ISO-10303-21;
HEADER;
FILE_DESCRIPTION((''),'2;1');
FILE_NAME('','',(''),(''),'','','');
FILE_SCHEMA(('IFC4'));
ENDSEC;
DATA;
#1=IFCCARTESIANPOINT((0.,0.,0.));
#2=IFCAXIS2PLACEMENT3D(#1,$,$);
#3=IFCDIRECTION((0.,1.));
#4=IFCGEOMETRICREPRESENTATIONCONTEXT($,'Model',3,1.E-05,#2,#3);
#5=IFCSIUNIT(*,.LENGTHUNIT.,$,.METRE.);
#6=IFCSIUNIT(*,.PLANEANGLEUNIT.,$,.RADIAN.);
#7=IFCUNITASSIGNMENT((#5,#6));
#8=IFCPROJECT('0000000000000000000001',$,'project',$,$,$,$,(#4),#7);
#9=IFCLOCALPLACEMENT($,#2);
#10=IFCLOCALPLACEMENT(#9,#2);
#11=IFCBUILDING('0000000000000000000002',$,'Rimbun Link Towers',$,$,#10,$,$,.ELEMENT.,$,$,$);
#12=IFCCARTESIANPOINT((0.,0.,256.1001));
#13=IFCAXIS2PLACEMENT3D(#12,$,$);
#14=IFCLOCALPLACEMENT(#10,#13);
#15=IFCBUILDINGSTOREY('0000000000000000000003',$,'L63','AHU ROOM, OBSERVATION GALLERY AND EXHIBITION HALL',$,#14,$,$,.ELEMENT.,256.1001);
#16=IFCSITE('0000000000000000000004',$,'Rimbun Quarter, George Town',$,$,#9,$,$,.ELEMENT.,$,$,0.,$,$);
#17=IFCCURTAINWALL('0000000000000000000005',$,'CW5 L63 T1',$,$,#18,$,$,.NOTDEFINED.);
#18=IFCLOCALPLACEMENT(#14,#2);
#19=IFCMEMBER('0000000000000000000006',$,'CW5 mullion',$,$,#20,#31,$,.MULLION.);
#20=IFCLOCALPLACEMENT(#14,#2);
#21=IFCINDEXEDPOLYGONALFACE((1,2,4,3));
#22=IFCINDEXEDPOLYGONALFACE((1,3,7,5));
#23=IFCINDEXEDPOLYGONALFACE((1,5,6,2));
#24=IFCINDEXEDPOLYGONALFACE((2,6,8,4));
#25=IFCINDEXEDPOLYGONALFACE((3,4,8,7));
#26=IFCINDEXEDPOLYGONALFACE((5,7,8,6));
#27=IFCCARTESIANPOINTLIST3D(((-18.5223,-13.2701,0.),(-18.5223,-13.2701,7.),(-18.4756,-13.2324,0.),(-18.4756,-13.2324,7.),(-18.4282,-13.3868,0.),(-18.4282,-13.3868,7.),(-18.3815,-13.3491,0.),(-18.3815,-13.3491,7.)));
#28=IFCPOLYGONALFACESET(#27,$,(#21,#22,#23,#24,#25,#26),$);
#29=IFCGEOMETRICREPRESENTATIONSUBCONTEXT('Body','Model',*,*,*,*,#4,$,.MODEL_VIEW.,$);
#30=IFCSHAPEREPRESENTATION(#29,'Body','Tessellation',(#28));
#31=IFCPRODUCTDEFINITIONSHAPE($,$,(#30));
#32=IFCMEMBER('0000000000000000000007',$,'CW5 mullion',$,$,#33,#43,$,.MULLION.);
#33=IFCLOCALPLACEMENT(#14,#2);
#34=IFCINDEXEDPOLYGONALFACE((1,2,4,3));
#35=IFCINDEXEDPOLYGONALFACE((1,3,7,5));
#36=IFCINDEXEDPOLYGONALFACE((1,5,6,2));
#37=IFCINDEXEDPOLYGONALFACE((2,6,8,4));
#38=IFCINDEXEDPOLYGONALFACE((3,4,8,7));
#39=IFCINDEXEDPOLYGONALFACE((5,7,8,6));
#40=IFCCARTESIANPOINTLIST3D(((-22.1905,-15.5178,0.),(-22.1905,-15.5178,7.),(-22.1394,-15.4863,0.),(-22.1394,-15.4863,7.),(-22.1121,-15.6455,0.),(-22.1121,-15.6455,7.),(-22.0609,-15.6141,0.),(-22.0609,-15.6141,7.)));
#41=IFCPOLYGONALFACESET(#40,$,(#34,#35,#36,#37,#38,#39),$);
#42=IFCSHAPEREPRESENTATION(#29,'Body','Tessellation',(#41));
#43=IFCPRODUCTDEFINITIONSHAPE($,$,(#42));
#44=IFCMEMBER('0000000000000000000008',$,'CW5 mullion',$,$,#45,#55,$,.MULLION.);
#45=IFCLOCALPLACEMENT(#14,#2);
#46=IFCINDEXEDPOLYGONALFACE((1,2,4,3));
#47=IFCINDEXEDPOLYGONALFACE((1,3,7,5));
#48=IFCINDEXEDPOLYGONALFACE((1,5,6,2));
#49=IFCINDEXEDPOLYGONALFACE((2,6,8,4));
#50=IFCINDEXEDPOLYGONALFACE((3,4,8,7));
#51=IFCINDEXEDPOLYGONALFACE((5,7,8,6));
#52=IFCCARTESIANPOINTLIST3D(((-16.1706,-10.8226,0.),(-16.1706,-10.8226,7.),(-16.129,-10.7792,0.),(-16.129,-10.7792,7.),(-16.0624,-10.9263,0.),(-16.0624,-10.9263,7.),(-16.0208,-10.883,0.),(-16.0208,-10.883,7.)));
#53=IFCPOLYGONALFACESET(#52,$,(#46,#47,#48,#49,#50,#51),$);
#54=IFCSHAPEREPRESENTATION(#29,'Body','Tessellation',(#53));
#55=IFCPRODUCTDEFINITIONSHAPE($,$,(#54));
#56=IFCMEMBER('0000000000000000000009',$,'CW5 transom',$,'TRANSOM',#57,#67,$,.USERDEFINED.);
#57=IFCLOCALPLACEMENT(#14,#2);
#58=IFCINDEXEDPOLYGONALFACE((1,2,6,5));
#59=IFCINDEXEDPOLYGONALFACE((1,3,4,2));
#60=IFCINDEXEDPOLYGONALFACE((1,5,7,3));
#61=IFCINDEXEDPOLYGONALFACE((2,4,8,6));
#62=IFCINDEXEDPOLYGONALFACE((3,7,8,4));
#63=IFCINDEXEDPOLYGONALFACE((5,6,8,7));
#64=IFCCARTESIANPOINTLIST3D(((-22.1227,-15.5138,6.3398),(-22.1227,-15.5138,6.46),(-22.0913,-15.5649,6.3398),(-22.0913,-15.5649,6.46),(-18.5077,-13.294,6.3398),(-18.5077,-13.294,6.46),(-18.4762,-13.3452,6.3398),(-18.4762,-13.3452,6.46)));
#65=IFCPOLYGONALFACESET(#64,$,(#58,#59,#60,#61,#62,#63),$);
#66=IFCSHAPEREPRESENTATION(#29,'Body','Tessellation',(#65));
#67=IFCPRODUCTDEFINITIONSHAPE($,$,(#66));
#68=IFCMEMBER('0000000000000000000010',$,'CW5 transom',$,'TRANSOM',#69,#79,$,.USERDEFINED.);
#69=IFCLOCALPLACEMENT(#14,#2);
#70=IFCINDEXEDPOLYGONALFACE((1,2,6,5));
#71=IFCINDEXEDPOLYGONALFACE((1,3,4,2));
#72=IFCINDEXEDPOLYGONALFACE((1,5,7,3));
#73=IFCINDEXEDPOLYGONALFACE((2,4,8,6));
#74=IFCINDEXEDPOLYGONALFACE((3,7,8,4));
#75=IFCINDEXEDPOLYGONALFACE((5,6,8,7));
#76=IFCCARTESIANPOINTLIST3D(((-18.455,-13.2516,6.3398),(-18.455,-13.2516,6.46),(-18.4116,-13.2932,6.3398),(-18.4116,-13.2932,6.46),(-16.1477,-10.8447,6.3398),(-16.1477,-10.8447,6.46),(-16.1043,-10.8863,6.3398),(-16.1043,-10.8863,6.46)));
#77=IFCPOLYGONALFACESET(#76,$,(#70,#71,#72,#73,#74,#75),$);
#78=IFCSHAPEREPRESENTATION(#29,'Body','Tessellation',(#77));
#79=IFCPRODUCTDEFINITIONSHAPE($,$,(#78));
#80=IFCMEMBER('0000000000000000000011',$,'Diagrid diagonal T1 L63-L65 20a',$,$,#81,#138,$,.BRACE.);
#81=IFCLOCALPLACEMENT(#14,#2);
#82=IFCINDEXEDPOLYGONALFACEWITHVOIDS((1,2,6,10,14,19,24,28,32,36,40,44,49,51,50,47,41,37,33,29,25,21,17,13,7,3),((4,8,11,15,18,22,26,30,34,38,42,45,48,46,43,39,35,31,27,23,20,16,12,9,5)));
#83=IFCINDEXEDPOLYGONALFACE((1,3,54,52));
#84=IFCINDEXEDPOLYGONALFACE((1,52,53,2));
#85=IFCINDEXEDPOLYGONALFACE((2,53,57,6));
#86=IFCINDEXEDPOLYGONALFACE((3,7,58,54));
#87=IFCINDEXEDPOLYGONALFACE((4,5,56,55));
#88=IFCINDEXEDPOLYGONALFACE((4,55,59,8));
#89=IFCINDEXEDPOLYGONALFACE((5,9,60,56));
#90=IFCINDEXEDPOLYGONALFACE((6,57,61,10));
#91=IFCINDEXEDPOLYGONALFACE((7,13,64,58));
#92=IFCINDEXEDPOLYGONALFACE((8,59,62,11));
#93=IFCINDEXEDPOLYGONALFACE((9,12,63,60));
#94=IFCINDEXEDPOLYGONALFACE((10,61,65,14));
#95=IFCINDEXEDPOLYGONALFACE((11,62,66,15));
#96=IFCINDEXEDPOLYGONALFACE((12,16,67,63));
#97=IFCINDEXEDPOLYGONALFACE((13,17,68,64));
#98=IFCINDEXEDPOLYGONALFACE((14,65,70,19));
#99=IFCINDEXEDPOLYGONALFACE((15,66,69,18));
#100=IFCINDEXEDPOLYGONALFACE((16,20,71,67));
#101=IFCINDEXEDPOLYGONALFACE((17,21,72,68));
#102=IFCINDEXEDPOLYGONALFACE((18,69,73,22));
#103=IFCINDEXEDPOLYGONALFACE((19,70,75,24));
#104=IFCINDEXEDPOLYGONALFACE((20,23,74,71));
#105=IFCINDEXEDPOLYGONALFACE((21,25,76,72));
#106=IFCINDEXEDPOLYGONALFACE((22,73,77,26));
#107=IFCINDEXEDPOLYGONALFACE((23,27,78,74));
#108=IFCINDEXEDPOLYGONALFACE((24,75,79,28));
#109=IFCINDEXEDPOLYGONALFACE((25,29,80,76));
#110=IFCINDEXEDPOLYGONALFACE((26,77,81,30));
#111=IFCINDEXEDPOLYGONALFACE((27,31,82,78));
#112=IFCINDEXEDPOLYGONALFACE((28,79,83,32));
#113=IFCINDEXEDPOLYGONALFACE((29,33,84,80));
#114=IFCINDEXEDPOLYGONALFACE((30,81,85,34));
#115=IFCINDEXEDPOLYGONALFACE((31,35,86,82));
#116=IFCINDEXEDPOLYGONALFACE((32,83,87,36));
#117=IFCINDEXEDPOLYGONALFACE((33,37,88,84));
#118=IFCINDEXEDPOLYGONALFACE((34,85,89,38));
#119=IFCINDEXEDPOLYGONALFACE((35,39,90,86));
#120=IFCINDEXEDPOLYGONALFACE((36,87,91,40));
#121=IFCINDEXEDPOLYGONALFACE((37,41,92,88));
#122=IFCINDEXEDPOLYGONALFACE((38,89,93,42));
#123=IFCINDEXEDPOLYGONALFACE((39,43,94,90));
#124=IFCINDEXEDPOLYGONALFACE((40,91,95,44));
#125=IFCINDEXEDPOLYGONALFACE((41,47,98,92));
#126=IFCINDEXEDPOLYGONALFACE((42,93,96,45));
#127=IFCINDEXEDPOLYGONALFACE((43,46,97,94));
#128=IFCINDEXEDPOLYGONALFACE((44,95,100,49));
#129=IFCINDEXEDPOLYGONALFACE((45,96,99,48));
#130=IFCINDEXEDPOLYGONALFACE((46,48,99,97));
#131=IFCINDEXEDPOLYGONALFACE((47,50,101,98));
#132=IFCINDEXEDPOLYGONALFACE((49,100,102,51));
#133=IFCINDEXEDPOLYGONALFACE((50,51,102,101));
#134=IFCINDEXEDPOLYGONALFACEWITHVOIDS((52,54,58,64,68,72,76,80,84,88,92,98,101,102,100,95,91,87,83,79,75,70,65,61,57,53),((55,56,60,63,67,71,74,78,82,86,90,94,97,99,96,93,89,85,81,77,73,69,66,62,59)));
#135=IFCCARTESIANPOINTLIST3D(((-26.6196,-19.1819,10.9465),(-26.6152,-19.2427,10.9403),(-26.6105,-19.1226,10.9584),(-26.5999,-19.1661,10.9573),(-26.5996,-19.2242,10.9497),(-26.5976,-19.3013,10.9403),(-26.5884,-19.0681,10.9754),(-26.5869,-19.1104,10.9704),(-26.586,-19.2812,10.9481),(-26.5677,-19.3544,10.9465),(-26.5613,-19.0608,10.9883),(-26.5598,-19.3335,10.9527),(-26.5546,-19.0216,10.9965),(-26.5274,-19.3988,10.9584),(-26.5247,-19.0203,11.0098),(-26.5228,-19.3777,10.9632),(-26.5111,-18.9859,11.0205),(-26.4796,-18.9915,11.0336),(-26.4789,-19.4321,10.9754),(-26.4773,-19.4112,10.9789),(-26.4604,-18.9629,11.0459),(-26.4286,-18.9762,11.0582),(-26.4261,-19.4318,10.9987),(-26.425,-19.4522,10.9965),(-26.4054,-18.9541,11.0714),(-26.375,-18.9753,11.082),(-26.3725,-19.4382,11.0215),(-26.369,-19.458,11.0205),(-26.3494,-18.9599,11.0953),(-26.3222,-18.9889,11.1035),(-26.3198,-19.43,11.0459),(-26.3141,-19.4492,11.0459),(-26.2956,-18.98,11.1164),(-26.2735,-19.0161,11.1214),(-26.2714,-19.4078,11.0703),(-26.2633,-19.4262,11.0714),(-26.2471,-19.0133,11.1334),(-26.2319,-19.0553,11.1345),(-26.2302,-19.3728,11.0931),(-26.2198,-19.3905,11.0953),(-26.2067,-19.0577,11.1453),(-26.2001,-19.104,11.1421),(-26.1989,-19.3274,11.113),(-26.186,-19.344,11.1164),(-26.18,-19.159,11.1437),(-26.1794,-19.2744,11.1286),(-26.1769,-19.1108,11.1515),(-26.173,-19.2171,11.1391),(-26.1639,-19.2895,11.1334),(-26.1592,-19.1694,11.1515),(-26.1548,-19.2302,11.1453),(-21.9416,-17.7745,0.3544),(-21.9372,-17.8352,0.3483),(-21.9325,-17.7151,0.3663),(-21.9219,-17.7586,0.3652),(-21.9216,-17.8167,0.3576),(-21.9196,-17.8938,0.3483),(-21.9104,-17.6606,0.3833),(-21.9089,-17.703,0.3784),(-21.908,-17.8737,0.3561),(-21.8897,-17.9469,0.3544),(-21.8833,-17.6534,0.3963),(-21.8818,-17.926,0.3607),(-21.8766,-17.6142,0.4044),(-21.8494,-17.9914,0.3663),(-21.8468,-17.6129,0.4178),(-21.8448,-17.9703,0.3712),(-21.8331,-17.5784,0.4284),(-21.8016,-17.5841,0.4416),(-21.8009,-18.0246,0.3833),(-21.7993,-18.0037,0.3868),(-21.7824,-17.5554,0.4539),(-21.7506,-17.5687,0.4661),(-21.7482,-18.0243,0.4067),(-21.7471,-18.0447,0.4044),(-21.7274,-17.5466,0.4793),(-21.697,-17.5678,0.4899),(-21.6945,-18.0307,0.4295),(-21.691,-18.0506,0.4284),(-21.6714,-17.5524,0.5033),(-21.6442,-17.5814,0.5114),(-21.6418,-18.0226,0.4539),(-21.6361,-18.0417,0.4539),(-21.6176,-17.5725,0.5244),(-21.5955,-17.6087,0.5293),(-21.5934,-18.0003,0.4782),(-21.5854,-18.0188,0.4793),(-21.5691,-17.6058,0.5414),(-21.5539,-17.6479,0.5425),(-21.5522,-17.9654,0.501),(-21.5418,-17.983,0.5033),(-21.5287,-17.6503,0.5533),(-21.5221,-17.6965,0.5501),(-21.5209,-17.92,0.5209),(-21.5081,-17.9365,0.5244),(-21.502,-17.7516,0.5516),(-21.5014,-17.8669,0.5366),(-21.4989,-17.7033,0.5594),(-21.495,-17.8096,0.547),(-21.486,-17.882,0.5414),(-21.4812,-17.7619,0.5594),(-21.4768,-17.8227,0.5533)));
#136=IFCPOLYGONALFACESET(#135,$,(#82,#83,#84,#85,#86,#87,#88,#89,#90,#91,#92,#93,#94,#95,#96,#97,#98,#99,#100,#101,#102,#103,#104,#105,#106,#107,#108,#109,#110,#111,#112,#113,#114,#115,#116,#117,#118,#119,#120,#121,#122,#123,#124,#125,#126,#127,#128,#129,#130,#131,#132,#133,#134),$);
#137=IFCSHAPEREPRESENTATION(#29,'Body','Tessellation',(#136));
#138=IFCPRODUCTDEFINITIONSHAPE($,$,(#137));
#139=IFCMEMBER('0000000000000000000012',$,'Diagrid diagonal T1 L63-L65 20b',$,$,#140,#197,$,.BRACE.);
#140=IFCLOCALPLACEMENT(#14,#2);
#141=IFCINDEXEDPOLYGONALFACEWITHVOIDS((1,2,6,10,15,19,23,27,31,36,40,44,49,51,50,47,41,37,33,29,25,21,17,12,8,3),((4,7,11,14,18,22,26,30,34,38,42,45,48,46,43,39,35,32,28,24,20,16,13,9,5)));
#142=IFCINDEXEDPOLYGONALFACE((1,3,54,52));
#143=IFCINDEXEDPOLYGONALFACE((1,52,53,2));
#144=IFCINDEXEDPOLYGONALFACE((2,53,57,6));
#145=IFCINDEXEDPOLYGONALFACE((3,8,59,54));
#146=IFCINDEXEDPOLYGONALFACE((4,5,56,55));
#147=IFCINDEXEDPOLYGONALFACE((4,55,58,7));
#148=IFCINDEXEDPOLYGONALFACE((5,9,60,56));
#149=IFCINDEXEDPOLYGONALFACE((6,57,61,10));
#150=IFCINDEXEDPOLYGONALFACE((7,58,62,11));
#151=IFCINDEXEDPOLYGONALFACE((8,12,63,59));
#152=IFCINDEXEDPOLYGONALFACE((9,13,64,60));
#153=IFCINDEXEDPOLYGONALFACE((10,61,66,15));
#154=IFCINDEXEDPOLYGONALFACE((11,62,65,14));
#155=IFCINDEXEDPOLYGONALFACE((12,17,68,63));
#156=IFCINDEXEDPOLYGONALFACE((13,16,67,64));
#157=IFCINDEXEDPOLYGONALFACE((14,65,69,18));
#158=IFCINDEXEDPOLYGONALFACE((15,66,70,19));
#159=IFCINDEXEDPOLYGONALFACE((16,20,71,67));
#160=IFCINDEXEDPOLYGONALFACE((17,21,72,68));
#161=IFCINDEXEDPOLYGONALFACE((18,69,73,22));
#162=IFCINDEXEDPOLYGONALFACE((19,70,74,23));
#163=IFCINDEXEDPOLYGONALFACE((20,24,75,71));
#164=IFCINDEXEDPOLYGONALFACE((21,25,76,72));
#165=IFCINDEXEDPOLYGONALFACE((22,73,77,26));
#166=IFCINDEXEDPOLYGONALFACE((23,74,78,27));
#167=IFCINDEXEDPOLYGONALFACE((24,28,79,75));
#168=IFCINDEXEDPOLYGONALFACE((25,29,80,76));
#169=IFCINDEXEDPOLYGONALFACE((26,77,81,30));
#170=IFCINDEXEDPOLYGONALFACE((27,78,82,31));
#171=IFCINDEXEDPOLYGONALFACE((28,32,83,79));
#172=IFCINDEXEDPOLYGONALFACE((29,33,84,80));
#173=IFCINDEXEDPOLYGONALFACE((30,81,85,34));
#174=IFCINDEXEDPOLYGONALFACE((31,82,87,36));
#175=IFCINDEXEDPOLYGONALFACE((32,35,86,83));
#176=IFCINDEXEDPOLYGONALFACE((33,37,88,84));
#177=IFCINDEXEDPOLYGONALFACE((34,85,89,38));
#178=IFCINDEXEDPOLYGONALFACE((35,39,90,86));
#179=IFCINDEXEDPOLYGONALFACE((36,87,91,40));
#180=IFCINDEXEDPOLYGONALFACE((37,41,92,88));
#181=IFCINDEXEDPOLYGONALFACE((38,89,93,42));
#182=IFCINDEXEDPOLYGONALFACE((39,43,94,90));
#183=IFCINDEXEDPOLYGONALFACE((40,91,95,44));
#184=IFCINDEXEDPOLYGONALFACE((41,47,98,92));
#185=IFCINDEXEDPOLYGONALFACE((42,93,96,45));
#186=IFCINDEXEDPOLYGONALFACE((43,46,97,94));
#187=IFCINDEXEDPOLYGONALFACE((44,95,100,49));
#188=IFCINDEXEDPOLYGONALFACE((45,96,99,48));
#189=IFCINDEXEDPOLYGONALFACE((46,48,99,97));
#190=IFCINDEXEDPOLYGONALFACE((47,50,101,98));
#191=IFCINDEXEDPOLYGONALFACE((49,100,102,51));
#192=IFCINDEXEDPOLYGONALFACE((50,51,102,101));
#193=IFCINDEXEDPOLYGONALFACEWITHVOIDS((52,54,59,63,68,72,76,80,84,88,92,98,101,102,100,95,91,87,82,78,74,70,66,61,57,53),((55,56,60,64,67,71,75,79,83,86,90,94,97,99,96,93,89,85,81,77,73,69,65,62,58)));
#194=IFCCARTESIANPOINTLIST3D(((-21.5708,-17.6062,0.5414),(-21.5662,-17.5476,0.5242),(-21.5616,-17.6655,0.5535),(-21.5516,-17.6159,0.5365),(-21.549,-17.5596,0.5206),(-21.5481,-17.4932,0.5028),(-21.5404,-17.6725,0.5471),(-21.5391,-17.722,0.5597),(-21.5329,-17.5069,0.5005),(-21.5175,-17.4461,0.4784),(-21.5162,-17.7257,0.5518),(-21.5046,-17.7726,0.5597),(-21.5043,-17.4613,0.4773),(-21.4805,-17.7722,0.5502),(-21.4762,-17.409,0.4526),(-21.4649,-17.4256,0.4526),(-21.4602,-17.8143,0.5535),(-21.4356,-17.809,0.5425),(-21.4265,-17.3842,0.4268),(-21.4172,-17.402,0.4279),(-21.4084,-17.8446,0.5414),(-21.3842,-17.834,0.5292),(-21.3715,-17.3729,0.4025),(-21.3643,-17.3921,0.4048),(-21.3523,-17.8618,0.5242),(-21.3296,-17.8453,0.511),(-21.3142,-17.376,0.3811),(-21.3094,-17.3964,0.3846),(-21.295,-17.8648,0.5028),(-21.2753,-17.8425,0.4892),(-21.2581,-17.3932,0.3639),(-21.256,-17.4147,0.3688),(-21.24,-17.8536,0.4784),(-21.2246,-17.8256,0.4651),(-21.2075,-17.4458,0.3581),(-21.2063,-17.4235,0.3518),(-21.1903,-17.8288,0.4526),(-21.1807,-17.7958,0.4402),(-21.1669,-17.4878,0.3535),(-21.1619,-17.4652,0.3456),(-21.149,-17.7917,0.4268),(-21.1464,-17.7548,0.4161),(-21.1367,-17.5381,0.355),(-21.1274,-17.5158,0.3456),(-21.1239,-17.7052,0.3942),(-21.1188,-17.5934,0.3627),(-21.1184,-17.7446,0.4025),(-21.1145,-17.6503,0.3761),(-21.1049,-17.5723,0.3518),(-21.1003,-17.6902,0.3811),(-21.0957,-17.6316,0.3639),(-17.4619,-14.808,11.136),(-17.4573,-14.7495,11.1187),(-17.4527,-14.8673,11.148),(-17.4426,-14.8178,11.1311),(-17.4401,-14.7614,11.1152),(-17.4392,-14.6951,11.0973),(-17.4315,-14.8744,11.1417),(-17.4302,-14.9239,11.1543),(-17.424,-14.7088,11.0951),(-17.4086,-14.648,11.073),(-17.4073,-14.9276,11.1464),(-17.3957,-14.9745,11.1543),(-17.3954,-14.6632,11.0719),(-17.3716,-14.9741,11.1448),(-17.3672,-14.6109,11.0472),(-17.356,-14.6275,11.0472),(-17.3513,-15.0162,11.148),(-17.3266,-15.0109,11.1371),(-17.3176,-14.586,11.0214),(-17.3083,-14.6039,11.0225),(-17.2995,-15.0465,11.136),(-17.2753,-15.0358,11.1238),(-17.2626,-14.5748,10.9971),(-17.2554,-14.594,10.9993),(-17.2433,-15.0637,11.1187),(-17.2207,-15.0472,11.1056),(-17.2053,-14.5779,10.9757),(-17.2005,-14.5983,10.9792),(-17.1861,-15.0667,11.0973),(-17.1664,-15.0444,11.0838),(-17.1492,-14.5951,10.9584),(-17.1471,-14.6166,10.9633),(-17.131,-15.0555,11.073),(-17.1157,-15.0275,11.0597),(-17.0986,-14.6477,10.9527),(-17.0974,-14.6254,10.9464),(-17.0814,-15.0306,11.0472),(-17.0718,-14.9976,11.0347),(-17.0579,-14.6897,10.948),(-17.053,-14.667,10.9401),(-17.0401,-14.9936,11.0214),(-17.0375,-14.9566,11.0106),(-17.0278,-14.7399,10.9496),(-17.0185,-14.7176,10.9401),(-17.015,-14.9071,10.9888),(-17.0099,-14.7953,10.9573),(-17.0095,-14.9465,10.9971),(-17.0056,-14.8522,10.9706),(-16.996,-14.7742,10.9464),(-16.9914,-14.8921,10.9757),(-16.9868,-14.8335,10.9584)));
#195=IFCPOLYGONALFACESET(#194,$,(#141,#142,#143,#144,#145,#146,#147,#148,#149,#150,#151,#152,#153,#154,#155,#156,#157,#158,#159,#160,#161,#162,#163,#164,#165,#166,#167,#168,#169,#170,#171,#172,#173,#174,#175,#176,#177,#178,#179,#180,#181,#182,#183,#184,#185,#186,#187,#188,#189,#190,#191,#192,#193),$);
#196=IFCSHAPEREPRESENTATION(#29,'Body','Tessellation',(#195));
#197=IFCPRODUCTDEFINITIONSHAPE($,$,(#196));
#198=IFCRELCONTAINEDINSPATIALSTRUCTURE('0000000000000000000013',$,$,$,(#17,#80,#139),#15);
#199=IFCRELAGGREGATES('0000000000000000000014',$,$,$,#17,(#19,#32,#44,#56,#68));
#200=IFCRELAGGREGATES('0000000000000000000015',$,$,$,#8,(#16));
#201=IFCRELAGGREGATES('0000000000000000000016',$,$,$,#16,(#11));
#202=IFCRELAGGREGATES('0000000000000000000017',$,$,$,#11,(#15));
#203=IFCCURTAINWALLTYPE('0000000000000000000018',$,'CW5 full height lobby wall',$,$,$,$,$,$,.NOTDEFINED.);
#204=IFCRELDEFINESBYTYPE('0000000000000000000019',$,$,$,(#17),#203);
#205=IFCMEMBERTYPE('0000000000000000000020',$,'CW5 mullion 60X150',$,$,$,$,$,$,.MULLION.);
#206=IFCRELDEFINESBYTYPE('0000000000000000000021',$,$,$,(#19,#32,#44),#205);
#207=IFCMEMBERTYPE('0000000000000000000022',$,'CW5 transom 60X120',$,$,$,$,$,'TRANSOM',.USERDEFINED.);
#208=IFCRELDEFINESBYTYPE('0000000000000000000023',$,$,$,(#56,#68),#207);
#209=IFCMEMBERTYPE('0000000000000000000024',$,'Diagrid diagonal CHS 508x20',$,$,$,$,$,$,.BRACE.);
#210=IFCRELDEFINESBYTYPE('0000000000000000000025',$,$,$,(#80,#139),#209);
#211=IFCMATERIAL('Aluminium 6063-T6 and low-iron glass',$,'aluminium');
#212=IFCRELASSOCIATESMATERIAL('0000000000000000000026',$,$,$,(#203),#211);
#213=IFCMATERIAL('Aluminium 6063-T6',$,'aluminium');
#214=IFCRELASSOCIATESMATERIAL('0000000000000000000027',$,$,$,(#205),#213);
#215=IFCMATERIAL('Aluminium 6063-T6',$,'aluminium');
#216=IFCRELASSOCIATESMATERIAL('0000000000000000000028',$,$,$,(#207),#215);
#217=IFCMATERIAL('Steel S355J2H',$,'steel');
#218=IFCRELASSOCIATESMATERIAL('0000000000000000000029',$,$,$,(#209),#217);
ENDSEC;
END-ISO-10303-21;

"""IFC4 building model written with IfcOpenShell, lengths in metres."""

from ifc_helpers import new_model, si_unit, direction, frame, origin, origin_2d, place, context, subcontext, project, spatial, rectangle, hollow_circle, extrude, material, material_profile, profile_set, type_object, element, aggregate, save


model = new_model("IFC4")

# Units and contexts
model_context = context("Model", 3, precision=1e-05, world=origin(), true_north=direction((0.0, 1.0)))
body_context = subcontext(model_context, "Body", "Model", "MODEL_VIEW")
ifc_project = project(units=[si_unit("LENGTHUNIT", "METRE"), si_unit("PLANEANGLEUNIT", "RADIAN")], contexts=[model_context])

# Site, building, storey
site_placement = place(None, origin())
site = spatial("IfcSite", under=ifc_project, at=site_placement, Name="Rimbun Quarter, George Town", CompositionType="ELEMENT", RefElevation=0.0)
building_placement = place(site_placement, origin())
building = spatial("IfcBuilding", under=site, at=building_placement, Name="Rimbun Link Towers", CompositionType="ELEMENT")
storey_placement = place(building_placement, frame((0.0, 0.0, 256.1001)))
storey = spatial("IfcBuildingStorey", under=building, at=storey_placement, Name="L63", Description="AHU ROOM, OBSERVATION GALLERY AND EXHIBITION HALL", CompositionType="ELEMENT", Elevation=256.1001)

# Curtain wall, members
ifc_material_1 = material(Name="Aluminium 6063-T6 and low-iron glass", Category="aluminium")
curtain_wall_type = type_object("IfcCurtainWallType", Name="CW5 full height lobby wall", PredefinedType="NOTDEFINED", material=ifc_material_1)
curtain_wall_placement = place(storey_placement, origin())
curtain_wall = element("IfcCurtainWall", 1, at=curtain_wall_placement, inside=storey, type_object=curtain_wall_type, Name="CW5 L63 T1", PredefinedType="NOTDEFINED")
ifc_material_2 = material(Name="Aluminium 6063-T6", Category="aluminium")
ifc_material_profile_1 = material_profile(ifc_material_2, rectangle(XDim=0.1499, YDim=0.0601, at=origin_2d()), Name="MULLION 60X150")
ifc_profile_set_1 = profile_set([ifc_material_profile_1], Name="Aluminium 6063-T6")
member_type_1 = type_object("IfcMemberType", Name="CW5 mullion 60X150", PredefinedType="MULLION", material=ifc_profile_set_1)
member_1_placement = place(storey_placement, frame((-18.4519, -13.3096, 0.0), z_axis=(0.0, 0.0, 1.0), x_axis=(0.627674, -0.778476, 0.0)))
member_1 = element("IfcMember", 2, at=member_1_placement, type_object=member_type_1, Name="CW5 mullion", PredefinedType="MULLION", context=body_context, shape_type="SweptSolid", body=[
    extrude(rectangle(XDim=0.1499, YDim=0.0601, at=origin_2d()), origin(), (0.0, 0.0, 1.0), 7.0),
])
member_2_placement = place(storey_placement, frame((-22.1257, -15.5659, 0.0), z_axis=(0.0, 0.0, 1.0), x_axis=(0.523246, -0.852182, 0.0)))
member_2 = element("IfcMember", 3, at=member_2_placement, type_object=member_type_1, Name="CW5 mullion", PredefinedType="MULLION", context=body_context, shape_type="SweptSolid", body=[
    extrude(rectangle(XDim=0.1499, YDim=0.0601, at=origin_2d()), origin(), (0.0, 0.0, 1.0), 7.0),
])
member_3_placement = place(storey_placement, frame((-16.0957, -10.8528, 0.0), z_axis=(0.0, 0.0, 1.0), x_axis=(0.721847, -0.692053, 0.0)))
member_3 = element("IfcMember", 4, at=member_3_placement, type_object=member_type_1, Name="CW5 mullion", PredefinedType="MULLION", context=body_context, shape_type="SweptSolid", body=[
    extrude(rectangle(XDim=0.1499, YDim=0.0601, at=origin_2d()), origin(), (0.0, 0.0, 1.0), 7.0),
])
ifc_material_3 = material(Name="Aluminium 6063-T6", Category="aluminium")
ifc_material_profile_2 = material_profile(ifc_material_3, rectangle(XDim=0.0601, YDim=0.1201, at=origin_2d()), Name="TRANSOM 60X120")
ifc_profile_set_2 = profile_set([ifc_material_profile_2], Name="Aluminium 6063-T6")
member_type_2 = type_object("IfcMemberType", Name="CW5 transom 60X120", ElementType="TRANSOM", PredefinedType="USERDEFINED", material=ifc_profile_set_2)
member_4_placement = place(storey_placement, frame((-18.4919, -13.3196, 6.3999), z_axis=(-0.852172, -0.523262, 0.0), x_axis=(0.523262, -0.852172, 0.0)))
member_4 = element("IfcMember", 5, at=member_4_placement, type_object=member_type_2, Name="CW5 transom", ObjectType="TRANSOM", PredefinedType="USERDEFINED", context=body_context, shape_type="SweptSolid", body=[
    extrude(rectangle(XDim=0.0601, YDim=0.1201, at=origin_2d()), origin(), (0.0, 0.0, 1.0), 4.2422),
])
member_5_placement = place(storey_placement, frame((-16.126, -10.8655, 6.3999), z_axis=(-0.692012, -0.721886, 0.0), x_axis=(0.721886, -0.692012, 0.0)))
member_5 = element("IfcMember", 6, at=member_5_placement, type_object=member_type_2, Name="CW5 transom", ObjectType="TRANSOM", PredefinedType="USERDEFINED", context=body_context, shape_type="SweptSolid", body=[
    extrude(rectangle(XDim=0.0601, YDim=0.1201, at=origin_2d()), origin(), (0.0, 0.0, 1.0), 3.3342),
])

# Members
ifc_material_4 = material(Name="Steel S355J2H", Category="steel")
ifc_material_profile_3 = material_profile(ifc_material_4, hollow_circle(Radius=0.2539, WallThickness=0.02, at=origin_2d()), Name="Diagrid diagonal CHS 508x20")
ifc_profile_set_3 = profile_set([ifc_material_profile_3], Name="Steel S355J2H")
member_type_3 = type_object("IfcMemberType", Name="Diagrid diagonal CHS 508x20", PredefinedType="BRACE", material=ifc_profile_set_3)
member_6_placement = place(storey_placement, frame((-21.7092, -17.7986, 0.4539), z_axis=(-0.401051, -0.120665, 0.908074), x_axis=(0.288113, -0.957596, 0.0)))
element("IfcMember", 7, at=member_6_placement, inside=storey, type_object=member_type_3, Name="Diagrid diagonal T1 L63-L65 20a", PredefinedType="BRACE", context=body_context, shape_type="SweptSolid", body=[
    extrude(hollow_circle(Radius=0.2539, WallThickness=0.02, at=origin_2d()), origin(), (0.0, 0.0, 1.0), 11.6643),
])
member_7_placement = place(storey_placement, frame((-21.3333, -17.6189, 0.4526), z_axis=(0.351103, 0.239096, 0.905295), x_axis=(-0.562867, 0.826547, 0.0)))
element("IfcMember", 8, at=member_7_placement, inside=storey, type_object=member_type_3, Name="Diagrid diagonal T1 L63-L65 20b", PredefinedType="BRACE", context=body_context, shape_type="SweptSolid", body=[
    extrude(hollow_circle(Radius=0.2539, WallThickness=0.02, at=origin_2d()), origin(), (0.0, 0.0, 1.0), 11.7029),
])

aggregate(curtain_wall, [member_1, member_2, member_3, member_4, member_5])

save(model, "model.ifc")
